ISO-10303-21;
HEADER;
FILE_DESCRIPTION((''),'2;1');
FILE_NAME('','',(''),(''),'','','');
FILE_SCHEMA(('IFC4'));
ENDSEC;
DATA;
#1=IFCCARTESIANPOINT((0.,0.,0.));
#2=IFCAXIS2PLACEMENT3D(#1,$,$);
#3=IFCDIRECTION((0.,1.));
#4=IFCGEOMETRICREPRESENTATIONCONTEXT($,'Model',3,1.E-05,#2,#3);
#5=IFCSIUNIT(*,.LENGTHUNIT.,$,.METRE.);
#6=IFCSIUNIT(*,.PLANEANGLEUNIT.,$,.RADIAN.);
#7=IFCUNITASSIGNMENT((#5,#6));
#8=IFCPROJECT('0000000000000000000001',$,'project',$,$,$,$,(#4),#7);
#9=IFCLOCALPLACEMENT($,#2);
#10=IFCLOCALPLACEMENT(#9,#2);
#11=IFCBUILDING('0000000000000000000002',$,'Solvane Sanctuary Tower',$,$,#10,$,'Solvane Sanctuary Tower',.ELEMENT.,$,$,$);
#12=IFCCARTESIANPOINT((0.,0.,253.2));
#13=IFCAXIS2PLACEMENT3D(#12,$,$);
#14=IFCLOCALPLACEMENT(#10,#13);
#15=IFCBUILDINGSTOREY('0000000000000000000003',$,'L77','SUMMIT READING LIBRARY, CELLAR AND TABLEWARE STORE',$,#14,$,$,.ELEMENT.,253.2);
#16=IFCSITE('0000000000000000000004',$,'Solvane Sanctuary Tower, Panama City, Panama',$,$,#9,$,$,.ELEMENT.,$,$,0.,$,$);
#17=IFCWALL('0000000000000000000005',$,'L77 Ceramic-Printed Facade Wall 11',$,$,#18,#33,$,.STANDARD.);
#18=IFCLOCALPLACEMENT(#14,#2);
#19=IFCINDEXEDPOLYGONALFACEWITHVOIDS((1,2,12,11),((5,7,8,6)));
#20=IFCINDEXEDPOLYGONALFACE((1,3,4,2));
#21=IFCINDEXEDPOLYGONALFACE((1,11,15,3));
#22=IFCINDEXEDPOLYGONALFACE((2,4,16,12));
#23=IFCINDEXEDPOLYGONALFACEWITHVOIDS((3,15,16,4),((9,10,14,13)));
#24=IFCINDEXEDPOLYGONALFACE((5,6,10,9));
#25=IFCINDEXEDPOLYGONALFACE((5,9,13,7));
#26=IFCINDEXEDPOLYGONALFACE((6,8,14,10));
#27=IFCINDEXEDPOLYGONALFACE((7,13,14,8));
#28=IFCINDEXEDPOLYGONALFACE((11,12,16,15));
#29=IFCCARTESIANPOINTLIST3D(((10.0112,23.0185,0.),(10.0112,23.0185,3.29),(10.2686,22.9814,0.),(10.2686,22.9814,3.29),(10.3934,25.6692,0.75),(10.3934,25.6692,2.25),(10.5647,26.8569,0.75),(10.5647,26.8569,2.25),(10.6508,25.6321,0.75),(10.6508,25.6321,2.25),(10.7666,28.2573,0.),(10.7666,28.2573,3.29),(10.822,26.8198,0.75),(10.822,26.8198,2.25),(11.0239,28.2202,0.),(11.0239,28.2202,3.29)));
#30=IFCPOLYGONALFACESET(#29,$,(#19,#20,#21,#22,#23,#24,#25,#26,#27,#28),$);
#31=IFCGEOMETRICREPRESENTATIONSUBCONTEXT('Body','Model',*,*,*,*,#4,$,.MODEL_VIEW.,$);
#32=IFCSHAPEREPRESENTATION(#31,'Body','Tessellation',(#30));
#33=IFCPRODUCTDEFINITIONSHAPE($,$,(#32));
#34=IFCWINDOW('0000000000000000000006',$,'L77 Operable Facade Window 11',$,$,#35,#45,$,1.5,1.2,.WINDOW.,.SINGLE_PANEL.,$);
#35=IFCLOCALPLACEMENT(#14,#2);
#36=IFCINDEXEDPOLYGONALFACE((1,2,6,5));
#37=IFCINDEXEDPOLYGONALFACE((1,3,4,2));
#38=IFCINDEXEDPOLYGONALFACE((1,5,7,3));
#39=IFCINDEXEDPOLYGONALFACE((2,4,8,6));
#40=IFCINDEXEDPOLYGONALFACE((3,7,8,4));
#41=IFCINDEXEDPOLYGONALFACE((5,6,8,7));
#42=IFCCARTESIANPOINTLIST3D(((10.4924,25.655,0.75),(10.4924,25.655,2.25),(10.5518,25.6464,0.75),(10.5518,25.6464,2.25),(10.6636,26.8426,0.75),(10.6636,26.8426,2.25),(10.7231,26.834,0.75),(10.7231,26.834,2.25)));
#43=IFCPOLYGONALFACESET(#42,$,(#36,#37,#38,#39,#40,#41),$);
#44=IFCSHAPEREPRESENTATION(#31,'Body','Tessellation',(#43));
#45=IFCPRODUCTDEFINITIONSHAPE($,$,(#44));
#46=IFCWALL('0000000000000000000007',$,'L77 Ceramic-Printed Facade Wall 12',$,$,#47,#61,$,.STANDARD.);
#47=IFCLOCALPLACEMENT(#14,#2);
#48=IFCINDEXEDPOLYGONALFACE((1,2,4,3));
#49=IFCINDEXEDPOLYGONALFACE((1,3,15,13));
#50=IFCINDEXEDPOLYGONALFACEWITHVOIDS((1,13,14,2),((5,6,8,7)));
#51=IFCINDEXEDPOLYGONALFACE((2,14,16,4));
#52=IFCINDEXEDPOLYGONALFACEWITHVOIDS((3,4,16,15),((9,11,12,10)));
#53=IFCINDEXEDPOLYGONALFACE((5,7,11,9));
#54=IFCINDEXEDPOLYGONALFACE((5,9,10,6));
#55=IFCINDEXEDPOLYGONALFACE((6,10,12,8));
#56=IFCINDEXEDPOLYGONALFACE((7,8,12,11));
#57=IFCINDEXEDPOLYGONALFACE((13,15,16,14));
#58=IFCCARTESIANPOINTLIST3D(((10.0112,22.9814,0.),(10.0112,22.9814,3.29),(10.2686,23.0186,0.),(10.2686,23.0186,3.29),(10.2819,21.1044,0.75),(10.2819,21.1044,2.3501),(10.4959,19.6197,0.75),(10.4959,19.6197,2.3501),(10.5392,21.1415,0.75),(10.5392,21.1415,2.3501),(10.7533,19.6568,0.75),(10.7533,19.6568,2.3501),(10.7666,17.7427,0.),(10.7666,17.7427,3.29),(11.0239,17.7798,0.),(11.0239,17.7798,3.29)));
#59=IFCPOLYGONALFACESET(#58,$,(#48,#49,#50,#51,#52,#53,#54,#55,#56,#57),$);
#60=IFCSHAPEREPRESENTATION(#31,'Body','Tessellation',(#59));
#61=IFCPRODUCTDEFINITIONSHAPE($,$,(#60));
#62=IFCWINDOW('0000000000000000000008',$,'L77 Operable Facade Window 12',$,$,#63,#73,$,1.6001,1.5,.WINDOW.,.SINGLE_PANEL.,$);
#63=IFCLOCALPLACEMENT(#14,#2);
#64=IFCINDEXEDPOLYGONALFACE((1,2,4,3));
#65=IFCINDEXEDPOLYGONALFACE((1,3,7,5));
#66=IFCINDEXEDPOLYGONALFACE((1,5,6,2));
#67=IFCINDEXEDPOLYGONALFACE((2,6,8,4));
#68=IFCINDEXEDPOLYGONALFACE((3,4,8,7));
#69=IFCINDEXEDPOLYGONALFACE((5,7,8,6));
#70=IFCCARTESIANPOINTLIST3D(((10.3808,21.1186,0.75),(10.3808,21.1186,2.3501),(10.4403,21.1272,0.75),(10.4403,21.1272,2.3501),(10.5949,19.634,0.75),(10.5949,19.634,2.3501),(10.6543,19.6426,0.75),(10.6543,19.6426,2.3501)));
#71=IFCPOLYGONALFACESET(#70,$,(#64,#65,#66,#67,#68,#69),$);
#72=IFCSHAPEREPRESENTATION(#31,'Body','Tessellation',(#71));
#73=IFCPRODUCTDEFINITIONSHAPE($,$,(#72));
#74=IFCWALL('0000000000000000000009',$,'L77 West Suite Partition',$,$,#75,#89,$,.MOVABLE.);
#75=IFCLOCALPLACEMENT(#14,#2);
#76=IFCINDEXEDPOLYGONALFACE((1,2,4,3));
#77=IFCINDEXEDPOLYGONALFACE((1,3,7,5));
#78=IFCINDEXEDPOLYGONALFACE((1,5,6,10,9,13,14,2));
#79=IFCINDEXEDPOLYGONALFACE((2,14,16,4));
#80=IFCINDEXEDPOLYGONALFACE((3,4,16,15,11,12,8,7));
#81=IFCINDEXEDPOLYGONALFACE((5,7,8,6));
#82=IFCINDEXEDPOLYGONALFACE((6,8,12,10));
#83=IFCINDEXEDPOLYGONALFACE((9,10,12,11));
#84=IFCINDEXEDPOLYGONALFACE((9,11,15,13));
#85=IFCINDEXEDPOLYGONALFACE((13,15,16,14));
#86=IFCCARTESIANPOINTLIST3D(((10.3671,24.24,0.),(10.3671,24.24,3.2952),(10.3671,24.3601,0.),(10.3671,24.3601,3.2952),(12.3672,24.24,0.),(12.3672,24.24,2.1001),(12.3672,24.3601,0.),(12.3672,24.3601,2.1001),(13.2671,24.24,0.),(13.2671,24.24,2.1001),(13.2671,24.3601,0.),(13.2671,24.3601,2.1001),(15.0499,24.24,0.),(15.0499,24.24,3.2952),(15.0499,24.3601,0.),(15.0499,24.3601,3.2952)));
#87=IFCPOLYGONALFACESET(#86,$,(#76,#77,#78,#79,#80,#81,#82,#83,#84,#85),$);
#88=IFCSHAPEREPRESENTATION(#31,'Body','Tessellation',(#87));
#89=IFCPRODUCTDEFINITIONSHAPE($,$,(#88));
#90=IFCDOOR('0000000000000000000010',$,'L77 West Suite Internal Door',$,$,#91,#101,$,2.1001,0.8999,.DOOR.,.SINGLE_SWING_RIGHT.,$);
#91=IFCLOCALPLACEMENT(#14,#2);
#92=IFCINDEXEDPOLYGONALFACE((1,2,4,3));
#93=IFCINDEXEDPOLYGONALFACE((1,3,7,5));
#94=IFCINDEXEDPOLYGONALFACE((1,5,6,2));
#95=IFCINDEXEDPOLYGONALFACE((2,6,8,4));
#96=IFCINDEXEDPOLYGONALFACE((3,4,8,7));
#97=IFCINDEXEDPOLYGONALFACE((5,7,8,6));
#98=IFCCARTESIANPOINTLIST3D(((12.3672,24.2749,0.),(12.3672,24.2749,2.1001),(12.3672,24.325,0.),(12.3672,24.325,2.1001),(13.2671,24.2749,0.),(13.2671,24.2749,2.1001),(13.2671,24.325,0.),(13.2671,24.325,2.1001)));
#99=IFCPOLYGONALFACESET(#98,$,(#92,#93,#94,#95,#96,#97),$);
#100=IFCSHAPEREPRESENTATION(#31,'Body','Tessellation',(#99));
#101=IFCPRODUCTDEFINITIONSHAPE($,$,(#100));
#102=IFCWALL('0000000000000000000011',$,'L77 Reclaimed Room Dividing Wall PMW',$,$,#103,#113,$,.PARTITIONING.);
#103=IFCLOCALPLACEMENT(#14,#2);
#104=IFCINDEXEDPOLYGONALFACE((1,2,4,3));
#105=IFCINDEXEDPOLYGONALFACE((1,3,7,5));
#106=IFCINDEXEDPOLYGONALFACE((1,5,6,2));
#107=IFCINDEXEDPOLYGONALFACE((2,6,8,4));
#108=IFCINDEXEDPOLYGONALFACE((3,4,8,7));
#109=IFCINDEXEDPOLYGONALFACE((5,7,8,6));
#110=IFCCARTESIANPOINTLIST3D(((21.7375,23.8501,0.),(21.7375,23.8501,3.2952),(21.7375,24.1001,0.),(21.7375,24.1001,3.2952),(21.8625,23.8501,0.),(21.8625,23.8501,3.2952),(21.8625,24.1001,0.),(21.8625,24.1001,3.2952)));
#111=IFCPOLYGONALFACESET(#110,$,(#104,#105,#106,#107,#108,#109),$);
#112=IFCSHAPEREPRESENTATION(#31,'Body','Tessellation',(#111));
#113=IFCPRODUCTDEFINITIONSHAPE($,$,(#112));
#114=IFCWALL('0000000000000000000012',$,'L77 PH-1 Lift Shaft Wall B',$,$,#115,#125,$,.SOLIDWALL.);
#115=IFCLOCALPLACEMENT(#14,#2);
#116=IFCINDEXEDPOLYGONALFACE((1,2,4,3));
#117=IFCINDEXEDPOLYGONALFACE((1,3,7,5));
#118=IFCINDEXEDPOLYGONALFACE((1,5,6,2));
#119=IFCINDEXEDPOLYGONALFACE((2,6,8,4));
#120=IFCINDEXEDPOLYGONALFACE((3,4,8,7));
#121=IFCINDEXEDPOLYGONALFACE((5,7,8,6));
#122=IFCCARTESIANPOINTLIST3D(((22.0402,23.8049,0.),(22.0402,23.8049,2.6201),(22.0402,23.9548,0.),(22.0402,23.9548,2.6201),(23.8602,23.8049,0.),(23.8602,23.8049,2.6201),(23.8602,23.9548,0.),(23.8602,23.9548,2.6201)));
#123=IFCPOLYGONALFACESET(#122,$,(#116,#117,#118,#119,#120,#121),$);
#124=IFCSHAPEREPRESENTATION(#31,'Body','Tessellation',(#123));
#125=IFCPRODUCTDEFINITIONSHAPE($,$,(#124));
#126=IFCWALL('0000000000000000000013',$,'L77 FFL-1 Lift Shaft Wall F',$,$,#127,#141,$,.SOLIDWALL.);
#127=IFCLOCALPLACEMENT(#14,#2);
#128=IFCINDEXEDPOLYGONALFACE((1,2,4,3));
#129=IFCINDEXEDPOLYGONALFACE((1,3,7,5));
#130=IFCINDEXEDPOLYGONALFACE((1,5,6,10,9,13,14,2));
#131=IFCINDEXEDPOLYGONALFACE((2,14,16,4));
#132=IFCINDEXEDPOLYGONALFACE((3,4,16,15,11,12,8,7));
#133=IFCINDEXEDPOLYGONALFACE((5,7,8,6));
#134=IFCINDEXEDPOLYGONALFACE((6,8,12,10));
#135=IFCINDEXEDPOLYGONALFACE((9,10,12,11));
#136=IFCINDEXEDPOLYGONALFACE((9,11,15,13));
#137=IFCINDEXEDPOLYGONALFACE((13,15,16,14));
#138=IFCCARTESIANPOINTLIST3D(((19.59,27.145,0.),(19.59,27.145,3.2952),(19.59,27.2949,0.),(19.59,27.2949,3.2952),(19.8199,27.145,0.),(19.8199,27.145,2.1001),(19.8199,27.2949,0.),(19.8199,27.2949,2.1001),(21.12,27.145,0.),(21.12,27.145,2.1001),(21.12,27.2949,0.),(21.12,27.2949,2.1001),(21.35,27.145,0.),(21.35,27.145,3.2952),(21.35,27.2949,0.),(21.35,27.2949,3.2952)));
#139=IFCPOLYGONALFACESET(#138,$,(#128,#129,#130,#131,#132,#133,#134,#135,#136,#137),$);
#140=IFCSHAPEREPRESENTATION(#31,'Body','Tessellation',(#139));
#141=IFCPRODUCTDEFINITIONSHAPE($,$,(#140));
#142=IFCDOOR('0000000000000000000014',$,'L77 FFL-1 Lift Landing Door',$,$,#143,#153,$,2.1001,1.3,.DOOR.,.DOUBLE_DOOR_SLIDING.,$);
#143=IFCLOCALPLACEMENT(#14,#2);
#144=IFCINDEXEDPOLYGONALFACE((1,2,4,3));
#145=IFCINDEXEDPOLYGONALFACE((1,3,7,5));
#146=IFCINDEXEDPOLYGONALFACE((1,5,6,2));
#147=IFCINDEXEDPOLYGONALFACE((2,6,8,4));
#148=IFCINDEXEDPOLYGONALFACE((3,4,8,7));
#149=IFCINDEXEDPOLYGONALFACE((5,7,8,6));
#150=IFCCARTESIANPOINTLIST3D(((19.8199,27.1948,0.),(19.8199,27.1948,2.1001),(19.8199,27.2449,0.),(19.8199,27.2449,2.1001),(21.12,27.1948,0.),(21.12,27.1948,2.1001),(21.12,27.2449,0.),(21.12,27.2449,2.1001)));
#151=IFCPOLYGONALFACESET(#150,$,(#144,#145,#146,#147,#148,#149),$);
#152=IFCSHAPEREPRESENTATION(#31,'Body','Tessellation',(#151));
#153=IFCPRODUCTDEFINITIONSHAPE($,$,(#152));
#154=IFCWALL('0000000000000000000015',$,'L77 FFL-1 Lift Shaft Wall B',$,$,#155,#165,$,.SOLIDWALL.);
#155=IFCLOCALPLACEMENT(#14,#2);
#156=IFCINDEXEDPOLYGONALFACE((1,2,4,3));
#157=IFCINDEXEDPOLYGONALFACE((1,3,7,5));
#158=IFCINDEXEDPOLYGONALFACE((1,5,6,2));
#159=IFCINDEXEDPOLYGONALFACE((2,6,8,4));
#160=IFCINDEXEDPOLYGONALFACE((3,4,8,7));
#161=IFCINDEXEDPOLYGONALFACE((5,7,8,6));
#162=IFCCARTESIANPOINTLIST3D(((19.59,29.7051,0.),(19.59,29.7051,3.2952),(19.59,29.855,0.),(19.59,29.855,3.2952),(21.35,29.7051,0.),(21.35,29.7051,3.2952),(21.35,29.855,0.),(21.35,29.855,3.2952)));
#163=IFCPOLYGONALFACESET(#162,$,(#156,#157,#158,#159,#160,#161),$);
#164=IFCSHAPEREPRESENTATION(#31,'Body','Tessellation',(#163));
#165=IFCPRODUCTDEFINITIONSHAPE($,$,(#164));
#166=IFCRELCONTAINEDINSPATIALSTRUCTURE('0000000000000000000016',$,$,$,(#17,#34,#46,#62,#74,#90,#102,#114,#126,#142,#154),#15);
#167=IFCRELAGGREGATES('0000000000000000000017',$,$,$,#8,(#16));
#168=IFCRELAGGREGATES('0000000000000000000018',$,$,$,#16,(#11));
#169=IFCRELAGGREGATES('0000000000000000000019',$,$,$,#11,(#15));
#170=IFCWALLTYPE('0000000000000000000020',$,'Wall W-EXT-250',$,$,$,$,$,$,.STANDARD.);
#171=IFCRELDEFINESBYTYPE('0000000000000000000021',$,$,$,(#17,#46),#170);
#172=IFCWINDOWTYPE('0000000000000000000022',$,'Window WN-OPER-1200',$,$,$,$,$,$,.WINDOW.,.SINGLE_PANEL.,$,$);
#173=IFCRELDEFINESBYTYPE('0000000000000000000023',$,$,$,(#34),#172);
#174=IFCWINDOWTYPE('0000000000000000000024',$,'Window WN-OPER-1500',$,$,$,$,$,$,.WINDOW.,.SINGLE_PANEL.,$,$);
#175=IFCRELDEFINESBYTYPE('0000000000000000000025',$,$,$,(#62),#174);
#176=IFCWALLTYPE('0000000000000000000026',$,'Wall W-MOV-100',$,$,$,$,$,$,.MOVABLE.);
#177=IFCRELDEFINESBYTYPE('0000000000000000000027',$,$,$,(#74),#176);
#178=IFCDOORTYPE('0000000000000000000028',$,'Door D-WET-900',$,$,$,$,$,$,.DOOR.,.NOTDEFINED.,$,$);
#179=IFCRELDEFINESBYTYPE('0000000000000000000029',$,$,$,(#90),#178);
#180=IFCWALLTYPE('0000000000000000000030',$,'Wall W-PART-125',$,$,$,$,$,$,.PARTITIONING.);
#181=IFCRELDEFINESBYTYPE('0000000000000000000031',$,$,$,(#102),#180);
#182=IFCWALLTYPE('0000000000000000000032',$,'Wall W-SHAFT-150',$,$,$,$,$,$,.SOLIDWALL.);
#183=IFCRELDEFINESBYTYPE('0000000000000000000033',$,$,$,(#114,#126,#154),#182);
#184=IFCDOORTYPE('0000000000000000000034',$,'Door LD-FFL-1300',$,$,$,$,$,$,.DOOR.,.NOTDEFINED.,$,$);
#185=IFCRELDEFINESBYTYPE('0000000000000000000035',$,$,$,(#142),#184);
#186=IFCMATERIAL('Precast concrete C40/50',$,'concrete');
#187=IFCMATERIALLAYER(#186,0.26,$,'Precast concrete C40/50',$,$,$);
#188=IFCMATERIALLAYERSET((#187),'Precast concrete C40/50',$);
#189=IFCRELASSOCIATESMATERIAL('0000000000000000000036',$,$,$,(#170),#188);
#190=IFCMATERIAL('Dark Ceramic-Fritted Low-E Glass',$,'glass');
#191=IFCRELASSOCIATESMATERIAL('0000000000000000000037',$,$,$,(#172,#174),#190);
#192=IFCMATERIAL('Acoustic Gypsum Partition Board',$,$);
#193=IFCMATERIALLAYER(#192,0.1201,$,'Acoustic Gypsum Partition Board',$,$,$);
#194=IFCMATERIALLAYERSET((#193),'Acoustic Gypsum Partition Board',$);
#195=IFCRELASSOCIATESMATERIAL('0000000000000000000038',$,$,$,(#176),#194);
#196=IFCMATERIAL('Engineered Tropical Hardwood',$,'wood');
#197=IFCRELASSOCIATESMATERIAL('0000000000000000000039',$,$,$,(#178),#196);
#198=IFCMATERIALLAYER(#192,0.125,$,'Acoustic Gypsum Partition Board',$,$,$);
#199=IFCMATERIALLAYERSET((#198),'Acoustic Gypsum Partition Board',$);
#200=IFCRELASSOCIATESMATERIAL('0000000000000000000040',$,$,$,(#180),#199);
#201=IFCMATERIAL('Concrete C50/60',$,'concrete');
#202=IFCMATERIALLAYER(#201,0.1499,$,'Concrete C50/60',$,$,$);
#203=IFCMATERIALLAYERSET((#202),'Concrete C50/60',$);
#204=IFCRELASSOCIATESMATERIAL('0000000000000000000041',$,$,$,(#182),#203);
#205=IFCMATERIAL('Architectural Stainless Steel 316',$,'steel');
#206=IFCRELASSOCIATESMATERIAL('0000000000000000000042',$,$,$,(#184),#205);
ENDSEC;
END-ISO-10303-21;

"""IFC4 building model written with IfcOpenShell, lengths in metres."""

from ifc_helpers import new_model, si_unit, direction, frame, frame_2d, origin, place, context, subcontext, project, spatial, rectangle, extrude, material, layer, layer_set, type_object, element, fill, save


model = new_model("IFC4")

# Units and contexts
model_context = context("Model", 3, precision=1e-05, world=origin(), true_north=direction((0.0, 1.0)))
body_context = subcontext(model_context, "Body", "Model", "MODEL_VIEW")
ifc_project = project(units=[si_unit("LENGTHUNIT", "METRE"), si_unit("PLANEANGLEUNIT", "RADIAN")], contexts=[model_context])

# Site, building, storey
site_placement = place(None, origin())
site = spatial("IfcSite", under=ifc_project, at=site_placement, Name="Solvane Sanctuary Tower, Panama City, Panama", CompositionType="ELEMENT", RefElevation=0.0)
building_placement = place(site_placement, origin())
building = spatial("IfcBuilding", under=site, at=building_placement, Name="Solvane Sanctuary Tower", LongName="Solvane Sanctuary Tower", CompositionType="ELEMENT")
storey_placement = place(building_placement, frame((0.0, 0.0, 253.2)))
storey = spatial("IfcBuildingStorey", under=building, at=storey_placement, Name="L77", Description="SUMMIT READING LIBRARY, CELLAR AND TABLEWARE STORE", CompositionType="ELEMENT", Elevation=253.2)

# Shared definitions
ifc_material_1 = material(Name="Concrete C50/60", Category="concrete")
ifc_material_2 = material(Name="Acoustic Gypsum Partition Board")

# Walls, openings, windows
ifc_material_3 = material(Name="Precast concrete C40/50", Category="concrete")
ifc_layer_1 = layer(ifc_material_3, 0.26, Name="Precast concrete C40/50")
ifc_layer_set_1 = layer_set([ifc_layer_1], Name="Precast concrete C40/50")
wall_type_1 = type_object("IfcWallType", Name="Wall W-EXT-250", PredefinedType="STANDARD", material=ifc_layer_set_1)
wall_1_placement = place(storey_placement, frame((10.8953, 28.2388, 0.0), z_axis=(0.0, 0.0, 1.0), x_axis=(-0.142713, -0.989764, 0.0)))
wall_1 = element("IfcWall", 1, at=wall_1_placement, inside=storey, type_object=wall_type_1, Name="L77 Ceramic-Printed Facade Wall 11", PredefinedType="STANDARD", context=body_context, shape_type="SweptSolid", body=[
    extrude(rectangle(XDim=5.293, YDim=0.26, at=frame_2d((2.6465, 0.0))), origin(), (0.0, 0.0, 1.0), 3.29),
])
opening_1_placement = place(wall_1_placement, frame((1.4148, 0.0, 0.75)))
opening_1 = element("IfcOpeningElement", 2, at=opening_1_placement, cuts=wall_1, PredefinedType="OPENING", context=body_context, shape_type="SweptSolid", body=[
    extrude(rectangle(XDim=1.2, YDim=1.5, at=frame_2d((0.6001, 0.75))), frame((0.0, 0.1399, 0.0), z_axis=(0.0, -1.0, 0.0), x_axis=(1.0, 0.0, 0.0)), (0.0, 0.0, 1.0), 0.28),
])
ifc_material_4 = material(Name="Dark Ceramic-Fritted Low-E Glass", Category="glass")
window_type_1 = type_object("IfcWindowType", Name="Window WN-OPER-1200", PartitioningType="SINGLE_PANEL", PredefinedType="WINDOW", material=ifc_material_4)
window_1_placement = place(opening_1_placement, origin())
window_1 = element("IfcWindow", 3, at=window_1_placement, inside=storey, type_object=window_type_1, Name="L77 Operable Facade Window 11", OverallHeight=1.5, OverallWidth=1.2, PartitioningType="SINGLE_PANEL", PredefinedType="WINDOW", context=body_context, shape_type="SweptSolid", body=[
    extrude(rectangle(XDim=1.2, YDim=1.5, at=frame_2d((0.6001, 0.75))), frame((0.0, 0.03, 0.0), z_axis=(0.0, -1.0, 0.0), x_axis=(1.0, 0.0, 0.0)), (0.0, 0.0, 1.0), 0.0601),
])
fill(opening_1, window_1)
wall_2_placement = place(storey_placement, frame((10.1399, 23.0, 0.0), z_axis=(0.0, 0.0, 1.0), x_axis=(0.142713, -0.989764, 0.0)))
wall_2 = element("IfcWall", 4, at=wall_2_placement, inside=storey, type_object=wall_type_1, Name="L77 Ceramic-Printed Facade Wall 12", PredefinedType="STANDARD", context=body_context, shape_type="SweptSolid", body=[
    extrude(rectangle(XDim=5.293, YDim=0.26, at=frame_2d((2.6465, 0.0))), origin(), (0.0, 0.0, 1.0), 3.29),
])
opening_2_placement = place(wall_2_placement, frame((1.8965, 0.0, 0.75)))
opening_2 = element("IfcOpeningElement", 5, at=opening_2_placement, cuts=wall_2, PredefinedType="OPENING", context=body_context, shape_type="SweptSolid", body=[
    extrude(rectangle(XDim=1.5, YDim=1.6001, at=frame_2d((0.75, 0.8))), frame((0.0, 0.1399, 0.0), z_axis=(0.0, -1.0, 0.0), x_axis=(1.0, 0.0, 0.0)), (0.0, 0.0, 1.0), 0.28),
])
window_type_2 = type_object("IfcWindowType", Name="Window WN-OPER-1500", PartitioningType="SINGLE_PANEL", PredefinedType="WINDOW", material=ifc_material_4)
window_2_placement = place(opening_2_placement, origin())
window_2 = element("IfcWindow", 6, at=window_2_placement, inside=storey, type_object=window_type_2, Name="L77 Operable Facade Window 12", OverallHeight=1.6001, OverallWidth=1.5, PartitioningType="SINGLE_PANEL", PredefinedType="WINDOW", context=body_context, shape_type="SweptSolid", body=[
    extrude(rectangle(XDim=1.5, YDim=1.6001, at=frame_2d((0.75, 0.8))), frame((0.0, 0.03, 0.0), z_axis=(0.0, -1.0, 0.0), x_axis=(1.0, 0.0, 0.0)), (0.0, 0.0, 1.0), 0.0601),
])
fill(opening_2, window_2)

# Wall, opening, door
ifc_layer_2 = layer(ifc_material_2, 0.1201, Name="Acoustic Gypsum Partition Board")
ifc_layer_set_2 = layer_set([ifc_layer_2], Name="Acoustic Gypsum Partition Board")
wall_type_2 = type_object("IfcWallType", Name="Wall W-MOV-100", PredefinedType="MOVABLE", material=ifc_layer_set_2)
wall_3_placement = place(storey_placement, frame((10.3672, 24.3, 0.0), z_axis=(0.0, 0.0, 1.0), x_axis=(1.0, 0.0, 0.0)))
wall_3 = element("IfcWall", 7, at=wall_3_placement, inside=storey, type_object=wall_type_2, Name="L77 West Suite Partition", PredefinedType="MOVABLE", context=body_context, shape_type="SweptSolid", body=[
    extrude(rectangle(XDim=4.6829, YDim=0.1201, at=frame_2d((2.3413, 0.0))), origin(), (0.0, 0.0, 1.0), 3.2952),
])
opening_3_placement = place(wall_3_placement, frame((2.0, 0.0, 0.0)))
opening_3 = element("IfcOpeningElement", 8, at=opening_3_placement, cuts=wall_3, PredefinedType="OPENING", context=body_context, shape_type="SweptSolid", body=[
    extrude(rectangle(XDim=0.8999, YDim=2.1001, at=frame_2d((0.45, 1.05))), frame((0.0, 0.0701, 0.0), z_axis=(0.0, -1.0, 0.0), x_axis=(1.0, 0.0, 0.0)), (0.0, 0.0, 1.0), 0.1401),
])
ifc_material_5 = material(Name="Engineered Tropical Hardwood", Category="wood")
door_type_1 = type_object("IfcDoorType", Name="Door D-WET-900", OperationType="NOTDEFINED", PredefinedType="DOOR", material=ifc_material_5)
door_1_placement = place(opening_3_placement, origin())
door_1 = element("IfcDoor", 9, at=door_1_placement, inside=storey, type_object=door_type_1, Name="L77 West Suite Internal Door", OperationType="SINGLE_SWING_RIGHT", OverallHeight=2.1001, OverallWidth=0.8999, PredefinedType="DOOR", context=body_context, shape_type="SweptSolid", body=[
    extrude(rectangle(XDim=0.8999, YDim=2.1001, at=frame_2d((0.45, 1.05))), frame((0.0, 0.0249, 0.0), z_axis=(0.0, -1.0, 0.0), x_axis=(1.0, 0.0, 0.0)), (0.0, 0.0, 1.0), 0.05),
])
fill(opening_3, door_1)

# Walls
ifc_layer_3 = layer(ifc_material_2, 0.125, Name="Acoustic Gypsum Partition Board")
ifc_layer_set_3 = layer_set([ifc_layer_3], Name="Acoustic Gypsum Partition Board")
wall_type_3 = type_object("IfcWallType", Name="Wall W-PART-125", PredefinedType="PARTITIONING", material=ifc_layer_set_3)
wall_4_placement = place(storey_placement, frame((21.8, 23.8501, 0.0), z_axis=(0.0, 0.0, 1.0), x_axis=(0.0, 1.0, 0.0)))
element("IfcWall", 10, at=wall_4_placement, inside=storey, type_object=wall_type_3, Name="L77 Reclaimed Room Dividing Wall PMW", PredefinedType="PARTITIONING", context=body_context, shape_type="SweptSolid", body=[
    extrude(rectangle(XDim=0.25, YDim=0.125, at=frame_2d((0.125, 0.0))), origin(), (0.0, 0.0, 1.0), 3.2952),
])
ifc_layer_4 = layer(ifc_material_1, 0.1499, Name="Concrete C50/60")
ifc_layer_set_4 = layer_set([ifc_layer_4], Name="Concrete C50/60")
wall_type_4 = type_object("IfcWallType", Name="Wall W-SHAFT-150", PredefinedType="SOLIDWALL", material=ifc_layer_set_4)
wall_5_placement = place(storey_placement, frame((22.04, 23.8799, 0.0), z_axis=(0.0, 0.0, 1.0), x_axis=(1.0, 0.0, 0.0)))
element("IfcWall", 11, at=wall_5_placement, inside=storey, type_object=wall_type_4, Name="L77 PH-1 Lift Shaft Wall B", PredefinedType="SOLIDWALL", context=body_context, shape_type="SweptSolid", body=[
    extrude(rectangle(XDim=1.8201, YDim=0.1499, at=frame_2d((0.9102, 0.0))), origin(), (0.0, 0.0, 1.0), 2.6201),
])

# Wall, opening, door
wall_6_placement = place(storey_placement, frame((19.5901, 27.22, 0.0), z_axis=(0.0, 0.0, 1.0), x_axis=(1.0, 0.0, 0.0)))
wall_6 = element("IfcWall", 12, at=wall_6_placement, inside=storey, type_object=wall_type_4, Name="L77 FFL-1 Lift Shaft Wall F", PredefinedType="SOLIDWALL", context=body_context, shape_type="SweptSolid", body=[
    extrude(rectangle(XDim=1.76, YDim=0.1499, at=frame_2d((0.8799, 0.0))), origin(), (0.0, 0.0, 1.0), 3.2952),
])
opening_4_placement = place(wall_6_placement, frame((0.23, 0.0, 0.0)))
opening_4 = element("IfcOpeningElement", 13, at=opening_4_placement, cuts=wall_6, PredefinedType="OPENING", context=body_context, shape_type="SweptSolid", body=[
    extrude(rectangle(XDim=1.3, YDim=2.1001, at=frame_2d((0.6499, 1.05))), frame((0.0, 0.085, 0.0), z_axis=(0.0, -1.0, 0.0), x_axis=(1.0, 0.0, 0.0)), (0.0, 0.0, 1.0), 0.1699),
])
ifc_material_6 = material(Name="Architectural Stainless Steel 316", Category="steel")
door_type_2 = type_object("IfcDoorType", Name="Door LD-FFL-1300", OperationType="NOTDEFINED", PredefinedType="DOOR", material=ifc_material_6)
door_2_placement = place(opening_4_placement, origin())
door_2 = element("IfcDoor", 14, at=door_2_placement, inside=storey, type_object=door_type_2, Name="L77 FFL-1 Lift Landing Door", OperationType="DOUBLE_DOOR_SLIDING", OverallHeight=2.1001, OverallWidth=1.3, PredefinedType="DOOR", context=body_context, shape_type="SweptSolid", body=[
    extrude(rectangle(XDim=1.3, YDim=2.1001, at=frame_2d((0.6499, 1.05))), frame((0.0, 0.0249, 0.0), z_axis=(0.0, -1.0, 0.0), x_axis=(1.0, 0.0, 0.0)), (0.0, 0.0, 1.0), 0.05),
])
fill(opening_4, door_2)

# Wall
wall_7_placement = place(storey_placement, frame((19.5901, 29.78, 0.0), z_axis=(0.0, 0.0, 1.0), x_axis=(1.0, 0.0, 0.0)))
element("IfcWall", 15, at=wall_7_placement, inside=storey, type_object=wall_type_4, Name="L77 FFL-1 Lift Shaft Wall B", PredefinedType="SOLIDWALL", context=body_context, shape_type="SweptSolid", body=[
    extrude(rectangle(XDim=1.76, YDim=0.1499, at=frame_2d((0.8799, 0.0))), origin(), (0.0, 0.0, 1.0), 3.2952),
])

save(model, "model.ifc")
